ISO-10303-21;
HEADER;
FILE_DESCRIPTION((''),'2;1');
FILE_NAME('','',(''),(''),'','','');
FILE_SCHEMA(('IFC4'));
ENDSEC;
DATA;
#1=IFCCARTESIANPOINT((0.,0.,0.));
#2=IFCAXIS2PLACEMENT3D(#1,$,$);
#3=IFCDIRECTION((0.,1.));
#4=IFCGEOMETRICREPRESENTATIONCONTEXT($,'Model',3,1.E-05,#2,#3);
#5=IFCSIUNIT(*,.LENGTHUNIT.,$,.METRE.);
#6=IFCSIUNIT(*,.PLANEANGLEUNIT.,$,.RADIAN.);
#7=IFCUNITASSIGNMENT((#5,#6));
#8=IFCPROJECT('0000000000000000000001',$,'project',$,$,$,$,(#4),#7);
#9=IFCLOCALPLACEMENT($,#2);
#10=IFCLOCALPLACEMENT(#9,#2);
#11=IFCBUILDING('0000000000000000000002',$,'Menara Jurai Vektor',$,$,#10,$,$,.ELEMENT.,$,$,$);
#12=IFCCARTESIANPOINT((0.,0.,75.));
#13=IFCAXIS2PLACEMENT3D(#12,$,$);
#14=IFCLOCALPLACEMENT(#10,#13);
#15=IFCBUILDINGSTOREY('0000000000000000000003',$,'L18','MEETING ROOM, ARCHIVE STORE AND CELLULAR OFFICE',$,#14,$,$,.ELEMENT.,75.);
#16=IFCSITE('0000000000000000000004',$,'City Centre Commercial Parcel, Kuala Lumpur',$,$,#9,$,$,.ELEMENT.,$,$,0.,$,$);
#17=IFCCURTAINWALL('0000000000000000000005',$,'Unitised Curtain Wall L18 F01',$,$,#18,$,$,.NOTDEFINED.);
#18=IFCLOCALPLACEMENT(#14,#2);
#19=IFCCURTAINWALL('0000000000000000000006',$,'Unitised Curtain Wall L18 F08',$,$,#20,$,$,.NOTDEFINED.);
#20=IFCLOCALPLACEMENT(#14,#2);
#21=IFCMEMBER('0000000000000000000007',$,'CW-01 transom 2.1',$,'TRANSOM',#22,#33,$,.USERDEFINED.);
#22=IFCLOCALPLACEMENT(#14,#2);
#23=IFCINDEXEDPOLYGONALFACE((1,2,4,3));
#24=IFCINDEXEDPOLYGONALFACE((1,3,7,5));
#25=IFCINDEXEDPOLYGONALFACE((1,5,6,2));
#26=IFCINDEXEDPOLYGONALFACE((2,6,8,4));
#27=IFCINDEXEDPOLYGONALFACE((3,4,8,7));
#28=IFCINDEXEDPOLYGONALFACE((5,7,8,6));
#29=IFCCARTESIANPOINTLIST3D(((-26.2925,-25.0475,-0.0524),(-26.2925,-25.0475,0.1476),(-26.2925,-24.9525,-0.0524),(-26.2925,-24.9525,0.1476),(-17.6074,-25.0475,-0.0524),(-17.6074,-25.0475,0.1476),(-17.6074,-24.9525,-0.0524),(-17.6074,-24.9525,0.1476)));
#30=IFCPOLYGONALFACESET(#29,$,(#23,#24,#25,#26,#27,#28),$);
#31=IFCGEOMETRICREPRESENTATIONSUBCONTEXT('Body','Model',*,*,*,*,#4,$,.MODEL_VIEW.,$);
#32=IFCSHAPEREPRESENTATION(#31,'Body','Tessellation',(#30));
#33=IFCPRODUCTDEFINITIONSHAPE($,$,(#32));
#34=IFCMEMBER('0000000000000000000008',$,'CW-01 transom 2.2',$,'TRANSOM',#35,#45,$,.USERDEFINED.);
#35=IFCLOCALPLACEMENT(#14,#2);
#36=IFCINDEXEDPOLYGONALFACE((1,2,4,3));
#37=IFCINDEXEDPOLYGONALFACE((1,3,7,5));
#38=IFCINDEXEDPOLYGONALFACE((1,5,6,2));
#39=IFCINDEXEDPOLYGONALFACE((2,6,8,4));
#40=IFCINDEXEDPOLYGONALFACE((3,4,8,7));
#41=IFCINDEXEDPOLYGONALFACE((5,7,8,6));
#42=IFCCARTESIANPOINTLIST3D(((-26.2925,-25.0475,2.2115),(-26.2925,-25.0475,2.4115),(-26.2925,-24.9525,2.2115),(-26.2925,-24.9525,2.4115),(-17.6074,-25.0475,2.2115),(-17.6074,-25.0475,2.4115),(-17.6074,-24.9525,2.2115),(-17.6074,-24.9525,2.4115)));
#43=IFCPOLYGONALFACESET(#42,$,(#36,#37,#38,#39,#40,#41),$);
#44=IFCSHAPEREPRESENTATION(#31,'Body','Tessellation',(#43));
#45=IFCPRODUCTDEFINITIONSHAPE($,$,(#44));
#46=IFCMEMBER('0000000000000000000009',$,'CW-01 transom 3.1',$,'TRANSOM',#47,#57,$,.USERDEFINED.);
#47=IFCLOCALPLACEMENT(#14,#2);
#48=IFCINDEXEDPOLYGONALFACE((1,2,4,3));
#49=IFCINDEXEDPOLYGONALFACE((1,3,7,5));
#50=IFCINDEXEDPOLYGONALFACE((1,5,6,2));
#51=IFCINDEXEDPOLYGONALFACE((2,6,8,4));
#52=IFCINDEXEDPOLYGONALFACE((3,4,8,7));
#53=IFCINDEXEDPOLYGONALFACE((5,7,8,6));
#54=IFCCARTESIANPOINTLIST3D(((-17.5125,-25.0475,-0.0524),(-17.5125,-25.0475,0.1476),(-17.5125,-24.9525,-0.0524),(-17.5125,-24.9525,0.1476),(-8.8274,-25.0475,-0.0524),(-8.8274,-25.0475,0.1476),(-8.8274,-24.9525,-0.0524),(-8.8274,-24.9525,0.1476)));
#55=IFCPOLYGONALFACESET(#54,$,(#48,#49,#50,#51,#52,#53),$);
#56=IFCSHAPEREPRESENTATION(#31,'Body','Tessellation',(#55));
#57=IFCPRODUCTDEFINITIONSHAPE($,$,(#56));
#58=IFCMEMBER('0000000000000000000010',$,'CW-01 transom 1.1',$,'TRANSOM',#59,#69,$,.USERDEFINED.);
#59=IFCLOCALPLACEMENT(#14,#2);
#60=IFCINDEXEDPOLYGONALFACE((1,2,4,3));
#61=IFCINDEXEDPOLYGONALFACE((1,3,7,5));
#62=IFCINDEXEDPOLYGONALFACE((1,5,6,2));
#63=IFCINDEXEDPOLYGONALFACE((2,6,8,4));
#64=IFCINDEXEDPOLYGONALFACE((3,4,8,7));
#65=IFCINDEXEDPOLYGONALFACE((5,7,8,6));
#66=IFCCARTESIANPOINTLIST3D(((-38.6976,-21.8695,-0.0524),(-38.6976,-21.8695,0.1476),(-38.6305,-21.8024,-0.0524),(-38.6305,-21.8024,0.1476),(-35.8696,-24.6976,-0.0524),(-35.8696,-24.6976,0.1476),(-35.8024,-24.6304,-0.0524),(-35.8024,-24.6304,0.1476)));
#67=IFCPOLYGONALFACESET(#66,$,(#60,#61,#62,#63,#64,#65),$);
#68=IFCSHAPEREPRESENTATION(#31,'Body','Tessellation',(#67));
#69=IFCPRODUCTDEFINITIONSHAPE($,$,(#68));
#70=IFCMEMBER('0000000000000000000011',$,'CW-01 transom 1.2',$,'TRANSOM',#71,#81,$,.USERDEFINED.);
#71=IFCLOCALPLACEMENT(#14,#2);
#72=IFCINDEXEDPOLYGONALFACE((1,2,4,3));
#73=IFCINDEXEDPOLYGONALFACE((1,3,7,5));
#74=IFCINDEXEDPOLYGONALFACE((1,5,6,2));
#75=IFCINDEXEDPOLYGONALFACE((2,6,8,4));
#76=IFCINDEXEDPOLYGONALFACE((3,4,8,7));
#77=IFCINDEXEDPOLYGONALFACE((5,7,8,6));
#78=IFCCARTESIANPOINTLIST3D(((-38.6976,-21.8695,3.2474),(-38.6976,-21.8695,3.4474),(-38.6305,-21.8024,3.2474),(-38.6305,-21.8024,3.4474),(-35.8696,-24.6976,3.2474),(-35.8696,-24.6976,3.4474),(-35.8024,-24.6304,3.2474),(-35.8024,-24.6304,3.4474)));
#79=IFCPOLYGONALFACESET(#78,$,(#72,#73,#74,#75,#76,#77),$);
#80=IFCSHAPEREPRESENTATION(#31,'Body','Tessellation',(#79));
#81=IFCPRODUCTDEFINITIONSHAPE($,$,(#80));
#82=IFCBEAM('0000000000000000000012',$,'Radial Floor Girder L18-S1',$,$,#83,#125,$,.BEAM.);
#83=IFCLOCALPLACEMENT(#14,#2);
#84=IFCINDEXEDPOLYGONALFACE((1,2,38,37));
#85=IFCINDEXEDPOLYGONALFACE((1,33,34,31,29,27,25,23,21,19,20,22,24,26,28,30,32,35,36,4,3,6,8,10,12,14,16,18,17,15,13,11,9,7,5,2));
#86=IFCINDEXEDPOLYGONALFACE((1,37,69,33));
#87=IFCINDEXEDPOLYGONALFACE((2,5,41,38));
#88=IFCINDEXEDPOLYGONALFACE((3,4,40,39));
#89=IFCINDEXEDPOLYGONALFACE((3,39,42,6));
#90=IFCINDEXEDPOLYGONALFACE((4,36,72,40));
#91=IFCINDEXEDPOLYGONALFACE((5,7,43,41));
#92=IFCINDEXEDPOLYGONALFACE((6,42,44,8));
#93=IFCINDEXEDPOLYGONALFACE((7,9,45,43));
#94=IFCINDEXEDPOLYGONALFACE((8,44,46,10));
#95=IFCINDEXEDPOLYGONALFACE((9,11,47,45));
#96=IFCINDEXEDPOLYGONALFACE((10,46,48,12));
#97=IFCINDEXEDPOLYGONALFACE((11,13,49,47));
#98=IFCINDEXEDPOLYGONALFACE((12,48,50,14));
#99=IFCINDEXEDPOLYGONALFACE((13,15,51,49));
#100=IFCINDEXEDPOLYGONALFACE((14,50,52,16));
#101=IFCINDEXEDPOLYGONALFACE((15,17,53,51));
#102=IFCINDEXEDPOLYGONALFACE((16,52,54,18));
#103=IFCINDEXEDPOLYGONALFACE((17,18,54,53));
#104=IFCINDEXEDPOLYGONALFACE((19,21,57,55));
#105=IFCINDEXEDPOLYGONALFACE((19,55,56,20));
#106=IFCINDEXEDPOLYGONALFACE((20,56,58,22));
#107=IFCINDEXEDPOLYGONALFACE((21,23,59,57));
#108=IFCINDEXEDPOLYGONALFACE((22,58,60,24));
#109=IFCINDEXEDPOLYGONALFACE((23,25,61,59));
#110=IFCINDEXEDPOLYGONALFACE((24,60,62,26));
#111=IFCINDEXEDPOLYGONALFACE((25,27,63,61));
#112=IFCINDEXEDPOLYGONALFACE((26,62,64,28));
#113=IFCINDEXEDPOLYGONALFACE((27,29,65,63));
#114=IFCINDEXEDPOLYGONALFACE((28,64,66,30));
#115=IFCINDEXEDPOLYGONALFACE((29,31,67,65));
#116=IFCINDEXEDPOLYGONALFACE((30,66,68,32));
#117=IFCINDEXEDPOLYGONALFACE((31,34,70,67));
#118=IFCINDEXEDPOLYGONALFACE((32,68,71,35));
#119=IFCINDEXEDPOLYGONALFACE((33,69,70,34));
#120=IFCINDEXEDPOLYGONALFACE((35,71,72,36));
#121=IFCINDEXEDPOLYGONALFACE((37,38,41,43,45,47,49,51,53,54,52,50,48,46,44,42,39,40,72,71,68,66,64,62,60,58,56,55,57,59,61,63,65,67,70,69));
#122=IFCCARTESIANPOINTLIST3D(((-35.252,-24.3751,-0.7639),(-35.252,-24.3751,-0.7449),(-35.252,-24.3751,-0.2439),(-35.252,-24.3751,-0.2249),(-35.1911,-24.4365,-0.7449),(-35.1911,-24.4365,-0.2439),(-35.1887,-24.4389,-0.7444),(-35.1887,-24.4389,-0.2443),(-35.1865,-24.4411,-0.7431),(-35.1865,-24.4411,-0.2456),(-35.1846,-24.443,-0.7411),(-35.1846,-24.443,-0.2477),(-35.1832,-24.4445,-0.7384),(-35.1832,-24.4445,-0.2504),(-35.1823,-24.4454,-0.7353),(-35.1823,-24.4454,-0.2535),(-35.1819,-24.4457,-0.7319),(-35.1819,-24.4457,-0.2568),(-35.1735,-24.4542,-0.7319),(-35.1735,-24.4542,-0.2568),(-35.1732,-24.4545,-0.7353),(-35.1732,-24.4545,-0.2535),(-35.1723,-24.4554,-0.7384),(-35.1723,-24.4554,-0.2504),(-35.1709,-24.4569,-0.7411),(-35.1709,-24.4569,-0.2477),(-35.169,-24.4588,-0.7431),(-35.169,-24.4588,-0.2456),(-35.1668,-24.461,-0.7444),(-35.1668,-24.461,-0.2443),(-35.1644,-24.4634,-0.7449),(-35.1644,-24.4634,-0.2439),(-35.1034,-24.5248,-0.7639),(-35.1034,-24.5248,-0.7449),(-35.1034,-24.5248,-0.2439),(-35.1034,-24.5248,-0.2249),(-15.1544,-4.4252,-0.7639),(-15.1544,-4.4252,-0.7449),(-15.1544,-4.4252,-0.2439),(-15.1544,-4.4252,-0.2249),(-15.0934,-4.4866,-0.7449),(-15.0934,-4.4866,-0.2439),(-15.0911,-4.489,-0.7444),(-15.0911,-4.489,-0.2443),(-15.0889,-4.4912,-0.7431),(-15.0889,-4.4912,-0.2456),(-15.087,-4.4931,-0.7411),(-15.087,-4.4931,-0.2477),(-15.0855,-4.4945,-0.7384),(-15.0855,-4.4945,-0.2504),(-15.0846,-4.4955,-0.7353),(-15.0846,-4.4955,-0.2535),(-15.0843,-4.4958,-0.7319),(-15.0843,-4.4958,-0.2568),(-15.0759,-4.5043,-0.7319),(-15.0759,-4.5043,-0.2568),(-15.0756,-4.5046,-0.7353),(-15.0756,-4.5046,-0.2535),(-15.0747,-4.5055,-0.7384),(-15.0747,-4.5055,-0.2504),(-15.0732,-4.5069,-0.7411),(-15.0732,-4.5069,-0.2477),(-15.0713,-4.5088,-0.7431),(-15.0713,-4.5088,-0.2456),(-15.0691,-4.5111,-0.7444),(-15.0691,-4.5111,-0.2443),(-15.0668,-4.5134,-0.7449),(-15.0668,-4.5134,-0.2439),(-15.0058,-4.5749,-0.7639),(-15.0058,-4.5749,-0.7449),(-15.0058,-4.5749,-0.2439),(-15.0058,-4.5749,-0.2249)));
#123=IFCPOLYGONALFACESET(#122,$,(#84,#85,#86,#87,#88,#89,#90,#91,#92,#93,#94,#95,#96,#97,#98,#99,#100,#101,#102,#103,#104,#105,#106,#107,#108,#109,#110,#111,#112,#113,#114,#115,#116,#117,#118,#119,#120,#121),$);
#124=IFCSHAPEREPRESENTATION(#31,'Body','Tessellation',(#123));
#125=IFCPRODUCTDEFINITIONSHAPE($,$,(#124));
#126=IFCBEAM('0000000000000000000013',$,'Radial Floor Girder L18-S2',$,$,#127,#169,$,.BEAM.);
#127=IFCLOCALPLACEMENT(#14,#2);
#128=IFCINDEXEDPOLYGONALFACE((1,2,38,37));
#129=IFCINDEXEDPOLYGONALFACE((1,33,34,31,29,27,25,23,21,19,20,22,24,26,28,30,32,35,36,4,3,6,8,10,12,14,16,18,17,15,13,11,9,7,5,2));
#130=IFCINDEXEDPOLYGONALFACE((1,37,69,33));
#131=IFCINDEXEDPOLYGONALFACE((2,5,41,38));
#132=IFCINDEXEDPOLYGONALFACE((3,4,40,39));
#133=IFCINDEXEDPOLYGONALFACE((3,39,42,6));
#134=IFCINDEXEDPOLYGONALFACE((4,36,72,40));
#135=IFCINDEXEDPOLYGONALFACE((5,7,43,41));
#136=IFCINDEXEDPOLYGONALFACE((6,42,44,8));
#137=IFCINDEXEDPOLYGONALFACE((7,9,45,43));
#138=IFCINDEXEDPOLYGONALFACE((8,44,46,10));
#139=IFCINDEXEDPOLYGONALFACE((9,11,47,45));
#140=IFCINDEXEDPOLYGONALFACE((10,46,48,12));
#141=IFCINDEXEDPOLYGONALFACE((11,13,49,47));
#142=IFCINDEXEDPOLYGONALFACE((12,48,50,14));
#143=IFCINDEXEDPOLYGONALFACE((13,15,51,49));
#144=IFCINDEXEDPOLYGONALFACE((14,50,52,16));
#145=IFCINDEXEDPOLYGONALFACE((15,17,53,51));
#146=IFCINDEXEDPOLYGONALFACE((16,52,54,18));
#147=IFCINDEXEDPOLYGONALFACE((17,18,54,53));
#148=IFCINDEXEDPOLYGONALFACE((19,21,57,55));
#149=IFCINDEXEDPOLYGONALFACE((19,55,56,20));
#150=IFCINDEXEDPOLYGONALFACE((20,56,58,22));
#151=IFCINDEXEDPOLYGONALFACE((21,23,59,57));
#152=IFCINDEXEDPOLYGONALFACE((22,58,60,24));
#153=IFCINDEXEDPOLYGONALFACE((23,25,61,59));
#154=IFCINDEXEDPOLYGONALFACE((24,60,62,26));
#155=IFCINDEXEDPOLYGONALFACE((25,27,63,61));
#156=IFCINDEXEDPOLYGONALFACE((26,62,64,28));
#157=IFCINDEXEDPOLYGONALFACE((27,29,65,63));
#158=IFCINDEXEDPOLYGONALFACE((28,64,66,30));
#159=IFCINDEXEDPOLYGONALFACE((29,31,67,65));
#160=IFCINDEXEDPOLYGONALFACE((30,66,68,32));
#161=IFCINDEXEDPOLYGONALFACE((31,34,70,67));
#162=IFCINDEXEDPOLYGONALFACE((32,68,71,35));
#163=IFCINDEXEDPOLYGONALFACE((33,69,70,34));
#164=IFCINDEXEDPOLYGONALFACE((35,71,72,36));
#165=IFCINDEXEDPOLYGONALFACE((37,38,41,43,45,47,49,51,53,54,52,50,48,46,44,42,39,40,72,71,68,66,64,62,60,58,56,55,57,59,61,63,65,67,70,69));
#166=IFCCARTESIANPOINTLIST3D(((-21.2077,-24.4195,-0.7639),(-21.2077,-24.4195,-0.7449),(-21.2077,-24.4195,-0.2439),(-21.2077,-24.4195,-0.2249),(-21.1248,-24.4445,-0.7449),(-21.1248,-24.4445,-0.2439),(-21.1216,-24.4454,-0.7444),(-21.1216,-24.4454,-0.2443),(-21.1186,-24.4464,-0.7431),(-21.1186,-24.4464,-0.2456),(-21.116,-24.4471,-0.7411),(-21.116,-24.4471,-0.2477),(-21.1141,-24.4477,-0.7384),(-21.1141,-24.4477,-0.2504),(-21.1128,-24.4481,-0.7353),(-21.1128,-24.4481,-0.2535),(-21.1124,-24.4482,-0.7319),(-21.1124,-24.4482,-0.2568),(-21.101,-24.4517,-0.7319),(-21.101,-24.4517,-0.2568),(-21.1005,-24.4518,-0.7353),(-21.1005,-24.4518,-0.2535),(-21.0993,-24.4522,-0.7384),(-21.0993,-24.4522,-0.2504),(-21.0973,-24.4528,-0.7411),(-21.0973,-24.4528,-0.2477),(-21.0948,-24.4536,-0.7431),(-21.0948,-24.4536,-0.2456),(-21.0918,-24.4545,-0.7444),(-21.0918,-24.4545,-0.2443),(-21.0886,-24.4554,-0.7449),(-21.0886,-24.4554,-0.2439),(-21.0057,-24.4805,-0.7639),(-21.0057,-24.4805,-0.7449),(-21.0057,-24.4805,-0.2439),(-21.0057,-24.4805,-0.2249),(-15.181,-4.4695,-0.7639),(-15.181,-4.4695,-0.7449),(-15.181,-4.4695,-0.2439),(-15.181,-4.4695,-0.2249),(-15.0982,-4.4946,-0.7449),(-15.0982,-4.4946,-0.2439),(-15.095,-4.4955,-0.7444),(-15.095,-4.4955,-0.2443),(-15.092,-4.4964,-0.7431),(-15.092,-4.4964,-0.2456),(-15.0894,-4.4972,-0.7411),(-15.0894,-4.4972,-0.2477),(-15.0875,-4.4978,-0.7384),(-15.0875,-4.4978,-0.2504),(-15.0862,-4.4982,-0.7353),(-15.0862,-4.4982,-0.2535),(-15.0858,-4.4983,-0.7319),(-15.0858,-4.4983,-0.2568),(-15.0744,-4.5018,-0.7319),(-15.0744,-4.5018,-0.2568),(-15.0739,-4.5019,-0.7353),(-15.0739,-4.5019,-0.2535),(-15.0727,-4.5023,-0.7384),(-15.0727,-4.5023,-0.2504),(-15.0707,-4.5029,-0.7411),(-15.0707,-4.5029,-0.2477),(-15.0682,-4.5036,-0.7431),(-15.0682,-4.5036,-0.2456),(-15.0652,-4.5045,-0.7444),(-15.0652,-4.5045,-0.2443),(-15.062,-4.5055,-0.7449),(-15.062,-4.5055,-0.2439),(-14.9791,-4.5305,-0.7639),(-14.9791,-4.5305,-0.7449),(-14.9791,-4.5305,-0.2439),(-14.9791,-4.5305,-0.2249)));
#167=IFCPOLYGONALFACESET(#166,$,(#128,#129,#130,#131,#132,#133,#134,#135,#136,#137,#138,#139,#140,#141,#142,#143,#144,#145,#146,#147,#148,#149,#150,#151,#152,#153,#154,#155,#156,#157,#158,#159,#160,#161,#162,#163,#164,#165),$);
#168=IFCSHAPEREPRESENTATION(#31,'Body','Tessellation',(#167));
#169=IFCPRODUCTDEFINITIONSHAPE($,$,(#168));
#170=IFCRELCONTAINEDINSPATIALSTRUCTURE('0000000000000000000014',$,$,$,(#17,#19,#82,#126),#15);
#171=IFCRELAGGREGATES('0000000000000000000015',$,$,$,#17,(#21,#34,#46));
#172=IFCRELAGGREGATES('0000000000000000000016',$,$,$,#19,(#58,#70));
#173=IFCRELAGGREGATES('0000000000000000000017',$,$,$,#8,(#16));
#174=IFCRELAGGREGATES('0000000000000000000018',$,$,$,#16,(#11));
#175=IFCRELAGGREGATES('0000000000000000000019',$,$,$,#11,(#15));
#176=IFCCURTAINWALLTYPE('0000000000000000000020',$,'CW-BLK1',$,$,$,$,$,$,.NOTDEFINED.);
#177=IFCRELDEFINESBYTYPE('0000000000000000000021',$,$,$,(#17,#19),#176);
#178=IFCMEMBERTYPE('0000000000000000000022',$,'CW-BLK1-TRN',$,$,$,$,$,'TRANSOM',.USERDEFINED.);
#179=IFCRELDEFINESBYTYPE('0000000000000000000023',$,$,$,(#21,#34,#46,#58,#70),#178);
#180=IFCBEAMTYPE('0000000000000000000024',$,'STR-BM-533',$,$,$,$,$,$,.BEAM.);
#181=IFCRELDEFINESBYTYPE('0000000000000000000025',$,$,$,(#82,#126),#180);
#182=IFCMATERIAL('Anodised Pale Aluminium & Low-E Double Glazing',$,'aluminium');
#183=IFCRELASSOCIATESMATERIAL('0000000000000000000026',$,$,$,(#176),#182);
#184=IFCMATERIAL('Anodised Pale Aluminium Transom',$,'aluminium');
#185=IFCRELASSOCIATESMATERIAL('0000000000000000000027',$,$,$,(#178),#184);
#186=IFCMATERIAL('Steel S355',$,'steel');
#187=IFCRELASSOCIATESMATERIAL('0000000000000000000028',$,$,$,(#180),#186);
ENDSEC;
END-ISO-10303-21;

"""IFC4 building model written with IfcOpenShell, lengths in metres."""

from ifc_helpers import new_model, si_unit, direction, frame, origin, origin_2d, place, context, subcontext, project, spatial, rectangle, i_section, extrude, material, material_profile, profile_set, type_object, element, aggregate, save


model = new_model("IFC4")

# Units and contexts
model_context = context("Model", 3, precision=1e-05, world=origin(), true_north=direction((0.0, 1.0)))
body_context = subcontext(model_context, "Body", "Model", "MODEL_VIEW")
ifc_project = project(units=[si_unit("LENGTHUNIT", "METRE"), si_unit("PLANEANGLEUNIT", "RADIAN")], contexts=[model_context])

# Site, building, storey
site_placement = place(None, origin())
site = spatial("IfcSite", under=ifc_project, at=site_placement, Name="City Centre Commercial Parcel, Kuala Lumpur", CompositionType="ELEMENT", RefElevation=0.0)
building_placement = place(site_placement, origin())
building = spatial("IfcBuilding", under=site, at=building_placement, Name="Menara Jurai Vektor", CompositionType="ELEMENT")
storey_placement = place(building_placement, frame((0.0, 0.0, 75.0)))
storey = spatial("IfcBuildingStorey", under=building, at=storey_placement, Name="L18", Description="MEETING ROOM, ARCHIVE STORE AND CELLULAR OFFICE", CompositionType="ELEMENT", Elevation=75.0)

# Curtain walls
ifc_material_1 = material(Name="Anodised Pale Aluminium & Low-E Double Glazing", Category="aluminium")
curtain_wall_type = type_object("IfcCurtainWallType", Name="CW-BLK1", PredefinedType="NOTDEFINED", material=ifc_material_1)
curtain_wall_1_placement = place(storey_placement, origin())
curtain_wall_1 = element("IfcCurtainWall", 1, at=curtain_wall_1_placement, inside=storey, type_object=curtain_wall_type, Name="Unitised Curtain Wall L18 F01", PredefinedType="NOTDEFINED")
curtain_wall_2_placement = place(storey_placement, origin())
curtain_wall_2 = element("IfcCurtainWall", 2, at=curtain_wall_2_placement, inside=storey, type_object=curtain_wall_type, Name="Unitised Curtain Wall L18 F08", PredefinedType="NOTDEFINED")

# Members
ifc_material_2 = material(Name="Anodised Pale Aluminium Transom", Category="aluminium")
ifc_material_profile_1 = material_profile(ifc_material_2, rectangle(XDim=0.095, YDim=0.2, at=origin_2d()), Name="ALU TRN 95x200")
ifc_profile_set_1 = profile_set([ifc_material_profile_1], Name="Anodised Pale Aluminium Transom")
member_type_1 = type_object("IfcMemberType", Name="CW-BLK1-TRN", ElementType="TRANSOM", PredefinedType="USERDEFINED", material=ifc_profile_set_1)
member_1_placement = place(storey_placement, frame((-26.2925, -25.0, 0.0476), z_axis=(1.0, 0.0, 0.0), x_axis=(0.0, 1.0, 0.0)))
member_1 = element("IfcMember", 3, at=member_1_placement, type_object=member_type_1, Name="CW-01 transom 2.1", ObjectType="TRANSOM", PredefinedType="USERDEFINED", context=body_context, shape_type="SweptSolid", body=[
    extrude(rectangle(XDim=0.095, YDim=0.2, at=origin_2d()), origin(), (0.0, 0.0, 1.0), 8.6851),
])
member_2_placement = place(storey_placement, frame((-26.2925, -25.0, 2.3115), z_axis=(1.0, 0.0, 0.0), x_axis=(0.0, 1.0, 0.0)))
member_2 = element("IfcMember", 4, at=member_2_placement, type_object=member_type_1, Name="CW-01 transom 2.2", ObjectType="TRANSOM", PredefinedType="USERDEFINED", context=body_context, shape_type="SweptSolid", body=[
    extrude(rectangle(XDim=0.095, YDim=0.2, at=origin_2d()), origin(), (0.0, 0.0, 1.0), 8.6851),
])
member_3_placement = place(storey_placement, frame((-17.5125, -25.0, 0.0476), z_axis=(1.0, 0.0, 0.0), x_axis=(0.0, 1.0, 0.0)))
member_3 = element("IfcMember", 5, at=member_3_placement, type_object=member_type_1, Name="CW-01 transom 3.1", ObjectType="TRANSOM", PredefinedType="USERDEFINED", context=body_context, shape_type="SweptSolid", body=[
    extrude(rectangle(XDim=0.095, YDim=0.2, at=origin_2d()), origin(), (0.0, 0.0, 1.0), 8.6851),
])
member_4_placement = place(storey_placement, frame((-38.6641, -21.8359, 0.0476), z_axis=(0.707107, -0.707107, 0.0), x_axis=(0.707107, 0.707107, 0.0)))
member_4 = element("IfcMember", 6, at=member_4_placement, type_object=member_type_1, Name="CW-01 transom 1.1", ObjectType="TRANSOM", PredefinedType="USERDEFINED", context=body_context, shape_type="SweptSolid", body=[
    extrude(rectangle(XDim=0.095, YDim=0.2, at=origin_2d()), origin(), (0.0, 0.0, 1.0), 3.9995),
])
member_5_placement = place(storey_placement, frame((-38.6641, -21.8359, 3.3474), z_axis=(0.707107, -0.707107, 0.0), x_axis=(0.707107, 0.707107, 0.0)))
member_5 = element("IfcMember", 7, at=member_5_placement, type_object=member_type_1, Name="CW-01 transom 1.2", ObjectType="TRANSOM", PredefinedType="USERDEFINED", context=body_context, shape_type="SweptSolid", body=[
    extrude(rectangle(XDim=0.095, YDim=0.2, at=origin_2d()), origin(), (0.0, 0.0, 1.0), 3.9995),
])

# Beams
ifc_material_3 = material(Name="Steel S355", Category="steel")
ifc_material_profile_2 = material_profile(ifc_material_3, i_section(OverallWidth=0.2109, OverallDepth=0.5391, WebThickness=0.012, FlangeThickness=0.019, FilletRadius=0.0129, at=origin_2d()), Name="UKB 533x210x109")
ifc_profile_set_2 = profile_set([ifc_material_profile_2], Name="Steel S355")
beam_type_1 = type_object("IfcBeamType", Name="STR-BM-533", PredefinedType="BEAM", material=ifc_profile_set_2)
beam_1_placement = place(storey_placement, frame((-35.1777, -24.45, -0.4944), z_axis=(0.70971, 0.704494, 0.0), x_axis=(-0.704494, 0.70971, 0.0)))
element("IfcBeam", 8, at=beam_1_placement, inside=storey, type_object=beam_type_1, Name="Radial Floor Girder L18-S1", PredefinedType="BEAM", context=body_context, shape_type="SweptSolid", body=[
    extrude(i_section(OverallWidth=0.2109, OverallDepth=0.5391, WebThickness=0.012, FlangeThickness=0.019, FilletRadius=0.0129, at=origin_2d()), origin(), (0.0, 0.0, 1.0), 28.3181),
])
beam_2_placement = place(storey_placement, frame((-21.1067, -24.45, -0.4944), z_axis=(0.28918, 0.957275, 0.0), x_axis=(-0.957275, 0.28918, 0.0)))
element("IfcBeam", 9, at=beam_2_placement, inside=storey, type_object=beam_type_1, Name="Radial Floor Girder L18-S2", PredefinedType="BEAM", context=body_context, shape_type="SweptSolid", body=[
    extrude(i_section(OverallWidth=0.2109, OverallDepth=0.5391, WebThickness=0.012, FlangeThickness=0.019, FilletRadius=0.0129, at=origin_2d()), origin(), (0.0, 0.0, 1.0), 20.8403),
])

aggregate(curtain_wall_1, [member_1, member_2, member_3])
aggregate(curtain_wall_2, [member_4, member_5])

save(model, "model.ifc")
